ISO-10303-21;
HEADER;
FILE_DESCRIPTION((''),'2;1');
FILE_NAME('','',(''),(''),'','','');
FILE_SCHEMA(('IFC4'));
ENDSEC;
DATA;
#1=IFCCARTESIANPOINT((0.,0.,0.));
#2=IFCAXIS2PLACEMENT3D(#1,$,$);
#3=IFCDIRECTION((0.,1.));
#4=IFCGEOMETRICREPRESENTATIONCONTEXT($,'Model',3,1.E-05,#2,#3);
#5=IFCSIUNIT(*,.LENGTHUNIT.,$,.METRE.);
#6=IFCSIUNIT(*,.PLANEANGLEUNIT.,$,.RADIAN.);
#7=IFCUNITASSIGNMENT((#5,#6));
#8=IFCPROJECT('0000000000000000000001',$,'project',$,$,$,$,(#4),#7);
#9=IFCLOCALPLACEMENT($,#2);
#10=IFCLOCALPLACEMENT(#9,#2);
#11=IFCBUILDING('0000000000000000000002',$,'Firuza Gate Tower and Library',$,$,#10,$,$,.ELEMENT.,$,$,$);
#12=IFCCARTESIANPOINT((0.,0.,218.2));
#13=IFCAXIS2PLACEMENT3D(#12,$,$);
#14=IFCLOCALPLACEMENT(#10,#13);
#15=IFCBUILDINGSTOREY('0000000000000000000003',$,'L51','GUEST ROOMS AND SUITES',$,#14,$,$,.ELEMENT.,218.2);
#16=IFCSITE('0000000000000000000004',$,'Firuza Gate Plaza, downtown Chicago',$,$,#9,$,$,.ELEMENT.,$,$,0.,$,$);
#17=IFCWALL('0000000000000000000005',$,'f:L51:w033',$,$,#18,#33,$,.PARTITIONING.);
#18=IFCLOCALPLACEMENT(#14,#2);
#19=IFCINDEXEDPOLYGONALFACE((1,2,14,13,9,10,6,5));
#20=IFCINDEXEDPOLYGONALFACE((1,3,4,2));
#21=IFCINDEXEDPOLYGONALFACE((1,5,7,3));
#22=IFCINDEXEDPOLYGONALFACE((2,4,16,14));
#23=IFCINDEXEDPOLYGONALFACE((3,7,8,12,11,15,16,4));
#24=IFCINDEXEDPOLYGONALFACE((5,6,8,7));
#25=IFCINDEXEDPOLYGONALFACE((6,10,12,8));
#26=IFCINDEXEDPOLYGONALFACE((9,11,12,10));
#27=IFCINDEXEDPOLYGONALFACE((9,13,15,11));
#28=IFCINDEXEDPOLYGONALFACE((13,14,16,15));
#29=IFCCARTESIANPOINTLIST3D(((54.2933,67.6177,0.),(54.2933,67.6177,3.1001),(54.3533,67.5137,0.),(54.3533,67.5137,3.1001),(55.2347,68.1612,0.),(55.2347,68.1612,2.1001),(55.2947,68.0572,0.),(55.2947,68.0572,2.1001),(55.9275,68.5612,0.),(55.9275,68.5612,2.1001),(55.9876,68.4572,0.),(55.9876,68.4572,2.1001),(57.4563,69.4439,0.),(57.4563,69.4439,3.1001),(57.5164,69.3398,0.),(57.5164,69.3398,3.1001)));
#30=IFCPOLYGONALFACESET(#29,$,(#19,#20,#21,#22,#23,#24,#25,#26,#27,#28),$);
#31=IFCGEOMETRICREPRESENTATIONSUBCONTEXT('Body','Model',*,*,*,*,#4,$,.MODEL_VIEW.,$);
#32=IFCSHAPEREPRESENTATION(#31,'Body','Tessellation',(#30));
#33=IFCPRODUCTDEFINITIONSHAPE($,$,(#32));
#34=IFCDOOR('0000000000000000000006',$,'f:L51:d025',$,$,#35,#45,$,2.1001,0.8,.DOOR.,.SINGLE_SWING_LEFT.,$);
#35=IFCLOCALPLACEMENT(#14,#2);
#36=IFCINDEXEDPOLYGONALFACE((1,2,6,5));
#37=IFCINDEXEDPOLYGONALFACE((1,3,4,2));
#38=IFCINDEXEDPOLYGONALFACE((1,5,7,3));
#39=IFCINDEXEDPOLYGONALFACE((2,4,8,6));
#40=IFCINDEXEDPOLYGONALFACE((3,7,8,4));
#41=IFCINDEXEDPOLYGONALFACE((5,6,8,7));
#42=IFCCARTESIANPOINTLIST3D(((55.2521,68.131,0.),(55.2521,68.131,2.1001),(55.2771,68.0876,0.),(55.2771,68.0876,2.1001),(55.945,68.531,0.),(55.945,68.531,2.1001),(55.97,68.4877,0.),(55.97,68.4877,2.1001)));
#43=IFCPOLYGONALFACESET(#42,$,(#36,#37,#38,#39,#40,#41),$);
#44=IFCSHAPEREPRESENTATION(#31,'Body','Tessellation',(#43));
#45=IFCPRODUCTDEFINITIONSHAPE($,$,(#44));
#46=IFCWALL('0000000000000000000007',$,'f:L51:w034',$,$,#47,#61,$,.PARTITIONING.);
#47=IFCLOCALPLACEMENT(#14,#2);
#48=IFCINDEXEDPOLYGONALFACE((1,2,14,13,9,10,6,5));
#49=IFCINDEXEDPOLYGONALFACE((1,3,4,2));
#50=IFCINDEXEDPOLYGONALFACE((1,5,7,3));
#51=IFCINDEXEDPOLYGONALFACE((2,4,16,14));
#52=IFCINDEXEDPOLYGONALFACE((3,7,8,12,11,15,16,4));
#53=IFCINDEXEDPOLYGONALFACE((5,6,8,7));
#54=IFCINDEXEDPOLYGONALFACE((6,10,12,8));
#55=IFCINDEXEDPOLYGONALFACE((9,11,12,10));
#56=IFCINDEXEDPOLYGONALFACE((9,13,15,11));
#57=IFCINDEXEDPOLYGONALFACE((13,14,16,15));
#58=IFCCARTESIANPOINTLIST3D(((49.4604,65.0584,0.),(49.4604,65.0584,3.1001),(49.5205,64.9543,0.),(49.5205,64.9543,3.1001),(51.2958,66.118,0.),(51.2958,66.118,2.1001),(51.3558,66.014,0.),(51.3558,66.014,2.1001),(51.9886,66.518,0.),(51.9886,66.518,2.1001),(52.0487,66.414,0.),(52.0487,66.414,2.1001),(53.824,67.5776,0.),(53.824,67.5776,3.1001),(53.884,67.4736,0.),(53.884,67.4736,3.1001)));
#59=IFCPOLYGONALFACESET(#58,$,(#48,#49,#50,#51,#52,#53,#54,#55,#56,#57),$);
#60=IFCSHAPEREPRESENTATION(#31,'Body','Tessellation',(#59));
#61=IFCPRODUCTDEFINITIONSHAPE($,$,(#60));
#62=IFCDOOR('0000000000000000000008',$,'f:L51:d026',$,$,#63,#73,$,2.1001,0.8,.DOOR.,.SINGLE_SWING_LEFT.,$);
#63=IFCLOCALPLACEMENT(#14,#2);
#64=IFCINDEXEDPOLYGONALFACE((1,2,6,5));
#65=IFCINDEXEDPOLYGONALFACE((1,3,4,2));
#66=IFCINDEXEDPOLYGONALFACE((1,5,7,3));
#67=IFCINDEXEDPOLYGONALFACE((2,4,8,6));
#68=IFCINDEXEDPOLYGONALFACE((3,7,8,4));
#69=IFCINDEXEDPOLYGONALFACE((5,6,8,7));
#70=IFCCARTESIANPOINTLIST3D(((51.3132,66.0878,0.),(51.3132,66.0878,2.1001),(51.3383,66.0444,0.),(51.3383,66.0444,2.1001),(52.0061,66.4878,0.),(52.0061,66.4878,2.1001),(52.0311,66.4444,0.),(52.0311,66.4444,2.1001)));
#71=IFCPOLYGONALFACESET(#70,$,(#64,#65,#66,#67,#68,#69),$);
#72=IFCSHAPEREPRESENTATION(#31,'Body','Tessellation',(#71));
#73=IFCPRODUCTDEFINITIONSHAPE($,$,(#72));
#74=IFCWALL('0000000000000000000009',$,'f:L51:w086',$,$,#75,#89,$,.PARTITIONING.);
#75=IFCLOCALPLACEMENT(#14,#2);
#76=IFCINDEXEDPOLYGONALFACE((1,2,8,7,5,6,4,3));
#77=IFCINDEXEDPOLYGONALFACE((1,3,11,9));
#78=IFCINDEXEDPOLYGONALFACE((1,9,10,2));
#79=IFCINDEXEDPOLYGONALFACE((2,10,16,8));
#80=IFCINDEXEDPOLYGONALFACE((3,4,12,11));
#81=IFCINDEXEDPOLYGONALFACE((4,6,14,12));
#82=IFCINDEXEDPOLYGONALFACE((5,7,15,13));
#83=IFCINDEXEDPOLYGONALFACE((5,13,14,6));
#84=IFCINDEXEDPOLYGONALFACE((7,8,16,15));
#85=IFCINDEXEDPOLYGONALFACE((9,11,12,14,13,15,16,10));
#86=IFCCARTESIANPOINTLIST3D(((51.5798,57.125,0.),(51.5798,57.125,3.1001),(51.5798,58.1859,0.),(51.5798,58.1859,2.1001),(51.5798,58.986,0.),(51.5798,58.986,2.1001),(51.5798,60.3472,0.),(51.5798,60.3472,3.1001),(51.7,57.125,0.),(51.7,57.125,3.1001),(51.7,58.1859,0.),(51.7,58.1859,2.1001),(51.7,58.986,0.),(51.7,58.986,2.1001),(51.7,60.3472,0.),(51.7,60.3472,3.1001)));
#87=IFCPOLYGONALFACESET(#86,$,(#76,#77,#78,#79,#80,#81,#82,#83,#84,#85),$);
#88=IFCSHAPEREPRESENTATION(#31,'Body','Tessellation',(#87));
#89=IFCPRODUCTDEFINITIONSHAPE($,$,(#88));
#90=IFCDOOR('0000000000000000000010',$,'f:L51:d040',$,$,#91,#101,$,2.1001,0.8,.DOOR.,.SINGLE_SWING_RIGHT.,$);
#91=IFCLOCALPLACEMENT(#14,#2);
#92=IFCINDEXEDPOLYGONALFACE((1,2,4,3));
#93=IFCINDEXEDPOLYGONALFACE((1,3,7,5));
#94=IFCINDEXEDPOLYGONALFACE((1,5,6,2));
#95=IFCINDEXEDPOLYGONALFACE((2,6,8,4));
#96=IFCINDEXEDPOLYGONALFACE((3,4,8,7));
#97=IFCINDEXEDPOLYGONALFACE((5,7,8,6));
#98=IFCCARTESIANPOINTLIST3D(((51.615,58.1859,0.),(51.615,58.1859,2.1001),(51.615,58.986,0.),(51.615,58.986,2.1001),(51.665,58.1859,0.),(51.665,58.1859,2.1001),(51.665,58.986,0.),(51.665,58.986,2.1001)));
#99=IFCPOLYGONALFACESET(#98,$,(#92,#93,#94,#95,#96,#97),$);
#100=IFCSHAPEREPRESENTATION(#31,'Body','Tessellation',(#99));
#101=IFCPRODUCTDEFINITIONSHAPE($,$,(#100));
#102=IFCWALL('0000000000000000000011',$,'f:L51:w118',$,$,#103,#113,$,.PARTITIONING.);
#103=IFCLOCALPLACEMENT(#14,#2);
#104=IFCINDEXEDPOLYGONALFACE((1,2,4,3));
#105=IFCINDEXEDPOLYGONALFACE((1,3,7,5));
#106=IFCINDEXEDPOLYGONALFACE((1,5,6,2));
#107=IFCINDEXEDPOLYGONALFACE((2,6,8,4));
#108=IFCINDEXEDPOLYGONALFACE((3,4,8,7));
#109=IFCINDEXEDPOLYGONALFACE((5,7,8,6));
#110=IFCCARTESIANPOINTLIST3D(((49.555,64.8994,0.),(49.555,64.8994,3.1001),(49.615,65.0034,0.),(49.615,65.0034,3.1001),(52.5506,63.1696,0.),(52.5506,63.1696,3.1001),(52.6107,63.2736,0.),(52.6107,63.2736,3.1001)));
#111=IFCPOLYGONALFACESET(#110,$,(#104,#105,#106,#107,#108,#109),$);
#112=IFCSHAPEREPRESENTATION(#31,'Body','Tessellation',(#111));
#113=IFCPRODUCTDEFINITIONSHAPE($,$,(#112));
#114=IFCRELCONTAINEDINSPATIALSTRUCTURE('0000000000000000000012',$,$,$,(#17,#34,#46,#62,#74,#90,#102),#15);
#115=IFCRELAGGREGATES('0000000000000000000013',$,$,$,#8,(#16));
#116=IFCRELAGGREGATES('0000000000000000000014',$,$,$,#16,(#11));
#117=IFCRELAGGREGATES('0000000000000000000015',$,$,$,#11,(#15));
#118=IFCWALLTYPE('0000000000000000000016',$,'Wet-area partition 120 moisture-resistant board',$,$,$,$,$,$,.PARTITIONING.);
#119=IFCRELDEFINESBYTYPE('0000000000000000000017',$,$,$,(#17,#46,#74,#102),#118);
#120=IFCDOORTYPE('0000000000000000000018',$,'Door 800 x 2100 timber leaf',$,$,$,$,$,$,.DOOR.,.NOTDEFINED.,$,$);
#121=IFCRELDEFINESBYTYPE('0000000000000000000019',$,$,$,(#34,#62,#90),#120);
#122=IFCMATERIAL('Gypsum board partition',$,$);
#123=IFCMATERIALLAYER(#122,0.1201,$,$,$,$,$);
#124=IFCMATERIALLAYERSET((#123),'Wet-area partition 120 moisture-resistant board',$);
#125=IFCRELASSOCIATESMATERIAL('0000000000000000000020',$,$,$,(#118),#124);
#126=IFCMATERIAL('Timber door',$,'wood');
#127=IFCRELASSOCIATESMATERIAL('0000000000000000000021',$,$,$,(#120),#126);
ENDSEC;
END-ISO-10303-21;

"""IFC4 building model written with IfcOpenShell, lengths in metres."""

from ifc_helpers import new_model, si_unit, direction, frame, frame_2d, origin, place, context, subcontext, project, spatial, rectangle, extrude, material, layer, layer_set, type_object, element, fill, save


model = new_model("IFC4")

# Units and contexts
model_context = context("Model", 3, precision=1e-05, world=origin(), true_north=direction((0.0, 1.0)))
body_context = subcontext(model_context, "Body", "Model", "MODEL_VIEW")
ifc_project = project(units=[si_unit("LENGTHUNIT", "METRE"), si_unit("PLANEANGLEUNIT", "RADIAN")], contexts=[model_context])

# Site, building, storey
site_placement = place(None, origin())
site = spatial("IfcSite", under=ifc_project, at=site_placement, Name="Firuza Gate Plaza, downtown Chicago", CompositionType="ELEMENT", RefElevation=0.0)
building_placement = place(site_placement, origin())
building = spatial("IfcBuilding", under=site, at=building_placement, Name="Firuza Gate Tower and Library", CompositionType="ELEMENT")
storey_placement = place(building_placement, frame((0.0, 0.0, 218.2)))
storey = spatial("IfcBuildingStorey", under=building, at=storey_placement, Name="L51", Description="GUEST ROOMS AND SUITES", CompositionType="ELEMENT", Elevation=218.2)

# Walls, openings, doors
ifc_material_1 = material(Name="Gypsum board partition")
ifc_layer_1 = layer(ifc_material_1, 0.1201)
ifc_layer_set_1 = layer_set([ifc_layer_1], Name="Wet-area partition 120 moisture-resistant board")
wall_type_1 = type_object("IfcWallType", Name="Wet-area partition 120 moisture-resistant board", PredefinedType="PARTITIONING", material=ifc_layer_set_1)
ifc_material_2 = material(Name="Timber door", Category="wood")
door_type_1 = type_object("IfcDoorType", Name="Door 800 x 2100 timber leaf", OperationType="NOTDEFINED", PredefinedType="DOOR", material=ifc_material_2)
wall_1_placement = place(storey_placement, frame((57.4863, 69.3918, 0.0), z_axis=(0.0, 0.0, 1.0), x_axis=(-0.86603, -0.499992, 0.0)))
wall_1 = element("IfcWall", 1, at=wall_1_placement, inside=storey, type_object=wall_type_1, Name="f:L51:w033", PredefinedType="PARTITIONING", context=body_context, shape_type="SweptSolid", body=[
    extrude(rectangle(XDim=3.6523, YDim=0.1201, at=frame_2d((1.8262, 0.0))), origin(), (0.0, 0.0, 1.0), 3.1001),
])
opening_1_placement = place(wall_1_placement, frame((1.7654, 0.0, 0.0)))
opening_1 = element("IfcOpeningElement", 2, at=opening_1_placement, cuts=wall_1, PredefinedType="OPENING", context=body_context, shape_type="SweptSolid", body=[
    extrude(rectangle(XDim=0.8, YDim=2.1001, at=frame_2d((0.3999, 1.05))), frame((0.0, 0.0701, 0.0), z_axis=(0.0, -1.0, 0.0), x_axis=(1.0, 0.0, 0.0)), (0.0, 0.0, 1.0), 0.1401),
])
door_1_placement = place(opening_1_placement, origin())
door_1 = element("IfcDoor", 3, at=door_1_placement, inside=storey, type_object=door_type_1, Name="f:L51:d025", OperationType="SINGLE_SWING_LEFT", OverallHeight=2.1001, OverallWidth=0.8, PredefinedType="DOOR", context=body_context, shape_type="SweptSolid", body=[
    extrude(rectangle(XDim=0.8, YDim=2.1001, at=frame_2d((0.3999, 1.05))), frame((0.0, 0.0249, 0.0), z_axis=(0.0, -1.0, 0.0), x_axis=(1.0, 0.0, 0.0)), (0.0, 0.0, 1.0), 0.05),
])
fill(opening_1, door_1)
wall_2_placement = place(storey_placement, frame((53.854, 67.5256, 0.0), z_axis=(0.0, 0.0, 1.0), x_axis=(-0.866025, -0.500001, 0.0)))
wall_2 = element("IfcWall", 4, at=wall_2_placement, inside=storey, type_object=wall_type_1, Name="f:L51:w034", PredefinedType="PARTITIONING", context=body_context, shape_type="SweptSolid", body=[
    extrude(rectangle(XDim=5.0386, YDim=0.1201, at=frame_2d((2.5193, 0.0))), origin(), (0.0, 0.0, 1.0), 3.1001),
])
opening_2_placement = place(wall_2_placement, frame((2.1194, 0.0, 0.0)))
opening_2 = element("IfcOpeningElement", 5, at=opening_2_placement, cuts=wall_2, PredefinedType="OPENING", context=body_context, shape_type="SweptSolid", body=[
    extrude(rectangle(XDim=0.8, YDim=2.1001, at=frame_2d((0.3999, 1.05))), frame((0.0, 0.0701, 0.0), z_axis=(0.0, -1.0, 0.0), x_axis=(1.0, 0.0, 0.0)), (0.0, 0.0, 1.0), 0.1401),
])
door_2_placement = place(opening_2_placement, origin())
door_2 = element("IfcDoor", 6, at=door_2_placement, inside=storey, type_object=door_type_1, Name="f:L51:d026", OperationType="SINGLE_SWING_LEFT", OverallHeight=2.1001, OverallWidth=0.8, PredefinedType="DOOR", context=body_context, shape_type="SweptSolid", body=[
    extrude(rectangle(XDim=0.8, YDim=2.1001, at=frame_2d((0.3999, 1.05))), frame((0.0, 0.0249, 0.0), z_axis=(0.0, -1.0, 0.0), x_axis=(1.0, 0.0, 0.0)), (0.0, 0.0, 1.0), 0.05),
])
fill(opening_2, door_2)
wall_3_placement = place(storey_placement, frame((51.6399, 57.125, 0.0), z_axis=(0.0, 0.0, 1.0), x_axis=(0.0, 1.0, 0.0)))
wall_3 = element("IfcWall", 7, at=wall_3_placement, inside=storey, type_object=wall_type_1, Name="f:L51:w086", PredefinedType="PARTITIONING", context=body_context, shape_type="SweptSolid", body=[
    extrude(rectangle(XDim=3.2222, YDim=0.1201, at=frame_2d((1.6111, 0.0))), origin(), (0.0, 0.0, 1.0), 3.1001),
])
opening_3_placement = place(wall_3_placement, frame((1.061, 0.0, 0.0)))
opening_3 = element("IfcOpeningElement", 8, at=opening_3_placement, cuts=wall_3, PredefinedType="OPENING", context=body_context, shape_type="SweptSolid", body=[
    extrude(rectangle(XDim=0.8, YDim=2.1001, at=frame_2d((0.3999, 1.05))), frame((0.0, 0.0701, 0.0), z_axis=(0.0, -1.0, 0.0), x_axis=(1.0, 0.0, 0.0)), (0.0, 0.0, 1.0), 0.1401),
])
door_3_placement = place(opening_3_placement, origin())
door_3 = element("IfcDoor", 9, at=door_3_placement, inside=storey, type_object=door_type_1, Name="f:L51:d040", OperationType="SINGLE_SWING_RIGHT", OverallHeight=2.1001, OverallWidth=0.8, PredefinedType="DOOR", context=body_context, shape_type="SweptSolid", body=[
    extrude(rectangle(XDim=0.8, YDim=2.1001, at=frame_2d((0.3999, 1.05))), frame((0.0, 0.0249, 0.0), z_axis=(0.0, -1.0, 0.0), x_axis=(1.0, 0.0, 0.0)), (0.0, 0.0, 1.0), 0.05),
])
fill(opening_3, door_3)

# Wall
wall_4_placement = place(storey_placement, frame((52.5806, 63.2217, 0.0), z_axis=(0.0, 0.0, 1.0), x_axis=(-0.865998, 0.500048, 0.0)))
element("IfcWall", 10, at=wall_4_placement, inside=storey, type_object=wall_type_1, Name="f:L51:w118", PredefinedType="PARTITIONING", context=body_context, shape_type="SweptSolid", body=[
    extrude(rectangle(XDim=3.4592, YDim=0.1201, at=frame_2d((1.7295, 0.0))), origin(), (0.0, 0.0, 1.0), 3.1001),
])

save(model, "model.ifc")
